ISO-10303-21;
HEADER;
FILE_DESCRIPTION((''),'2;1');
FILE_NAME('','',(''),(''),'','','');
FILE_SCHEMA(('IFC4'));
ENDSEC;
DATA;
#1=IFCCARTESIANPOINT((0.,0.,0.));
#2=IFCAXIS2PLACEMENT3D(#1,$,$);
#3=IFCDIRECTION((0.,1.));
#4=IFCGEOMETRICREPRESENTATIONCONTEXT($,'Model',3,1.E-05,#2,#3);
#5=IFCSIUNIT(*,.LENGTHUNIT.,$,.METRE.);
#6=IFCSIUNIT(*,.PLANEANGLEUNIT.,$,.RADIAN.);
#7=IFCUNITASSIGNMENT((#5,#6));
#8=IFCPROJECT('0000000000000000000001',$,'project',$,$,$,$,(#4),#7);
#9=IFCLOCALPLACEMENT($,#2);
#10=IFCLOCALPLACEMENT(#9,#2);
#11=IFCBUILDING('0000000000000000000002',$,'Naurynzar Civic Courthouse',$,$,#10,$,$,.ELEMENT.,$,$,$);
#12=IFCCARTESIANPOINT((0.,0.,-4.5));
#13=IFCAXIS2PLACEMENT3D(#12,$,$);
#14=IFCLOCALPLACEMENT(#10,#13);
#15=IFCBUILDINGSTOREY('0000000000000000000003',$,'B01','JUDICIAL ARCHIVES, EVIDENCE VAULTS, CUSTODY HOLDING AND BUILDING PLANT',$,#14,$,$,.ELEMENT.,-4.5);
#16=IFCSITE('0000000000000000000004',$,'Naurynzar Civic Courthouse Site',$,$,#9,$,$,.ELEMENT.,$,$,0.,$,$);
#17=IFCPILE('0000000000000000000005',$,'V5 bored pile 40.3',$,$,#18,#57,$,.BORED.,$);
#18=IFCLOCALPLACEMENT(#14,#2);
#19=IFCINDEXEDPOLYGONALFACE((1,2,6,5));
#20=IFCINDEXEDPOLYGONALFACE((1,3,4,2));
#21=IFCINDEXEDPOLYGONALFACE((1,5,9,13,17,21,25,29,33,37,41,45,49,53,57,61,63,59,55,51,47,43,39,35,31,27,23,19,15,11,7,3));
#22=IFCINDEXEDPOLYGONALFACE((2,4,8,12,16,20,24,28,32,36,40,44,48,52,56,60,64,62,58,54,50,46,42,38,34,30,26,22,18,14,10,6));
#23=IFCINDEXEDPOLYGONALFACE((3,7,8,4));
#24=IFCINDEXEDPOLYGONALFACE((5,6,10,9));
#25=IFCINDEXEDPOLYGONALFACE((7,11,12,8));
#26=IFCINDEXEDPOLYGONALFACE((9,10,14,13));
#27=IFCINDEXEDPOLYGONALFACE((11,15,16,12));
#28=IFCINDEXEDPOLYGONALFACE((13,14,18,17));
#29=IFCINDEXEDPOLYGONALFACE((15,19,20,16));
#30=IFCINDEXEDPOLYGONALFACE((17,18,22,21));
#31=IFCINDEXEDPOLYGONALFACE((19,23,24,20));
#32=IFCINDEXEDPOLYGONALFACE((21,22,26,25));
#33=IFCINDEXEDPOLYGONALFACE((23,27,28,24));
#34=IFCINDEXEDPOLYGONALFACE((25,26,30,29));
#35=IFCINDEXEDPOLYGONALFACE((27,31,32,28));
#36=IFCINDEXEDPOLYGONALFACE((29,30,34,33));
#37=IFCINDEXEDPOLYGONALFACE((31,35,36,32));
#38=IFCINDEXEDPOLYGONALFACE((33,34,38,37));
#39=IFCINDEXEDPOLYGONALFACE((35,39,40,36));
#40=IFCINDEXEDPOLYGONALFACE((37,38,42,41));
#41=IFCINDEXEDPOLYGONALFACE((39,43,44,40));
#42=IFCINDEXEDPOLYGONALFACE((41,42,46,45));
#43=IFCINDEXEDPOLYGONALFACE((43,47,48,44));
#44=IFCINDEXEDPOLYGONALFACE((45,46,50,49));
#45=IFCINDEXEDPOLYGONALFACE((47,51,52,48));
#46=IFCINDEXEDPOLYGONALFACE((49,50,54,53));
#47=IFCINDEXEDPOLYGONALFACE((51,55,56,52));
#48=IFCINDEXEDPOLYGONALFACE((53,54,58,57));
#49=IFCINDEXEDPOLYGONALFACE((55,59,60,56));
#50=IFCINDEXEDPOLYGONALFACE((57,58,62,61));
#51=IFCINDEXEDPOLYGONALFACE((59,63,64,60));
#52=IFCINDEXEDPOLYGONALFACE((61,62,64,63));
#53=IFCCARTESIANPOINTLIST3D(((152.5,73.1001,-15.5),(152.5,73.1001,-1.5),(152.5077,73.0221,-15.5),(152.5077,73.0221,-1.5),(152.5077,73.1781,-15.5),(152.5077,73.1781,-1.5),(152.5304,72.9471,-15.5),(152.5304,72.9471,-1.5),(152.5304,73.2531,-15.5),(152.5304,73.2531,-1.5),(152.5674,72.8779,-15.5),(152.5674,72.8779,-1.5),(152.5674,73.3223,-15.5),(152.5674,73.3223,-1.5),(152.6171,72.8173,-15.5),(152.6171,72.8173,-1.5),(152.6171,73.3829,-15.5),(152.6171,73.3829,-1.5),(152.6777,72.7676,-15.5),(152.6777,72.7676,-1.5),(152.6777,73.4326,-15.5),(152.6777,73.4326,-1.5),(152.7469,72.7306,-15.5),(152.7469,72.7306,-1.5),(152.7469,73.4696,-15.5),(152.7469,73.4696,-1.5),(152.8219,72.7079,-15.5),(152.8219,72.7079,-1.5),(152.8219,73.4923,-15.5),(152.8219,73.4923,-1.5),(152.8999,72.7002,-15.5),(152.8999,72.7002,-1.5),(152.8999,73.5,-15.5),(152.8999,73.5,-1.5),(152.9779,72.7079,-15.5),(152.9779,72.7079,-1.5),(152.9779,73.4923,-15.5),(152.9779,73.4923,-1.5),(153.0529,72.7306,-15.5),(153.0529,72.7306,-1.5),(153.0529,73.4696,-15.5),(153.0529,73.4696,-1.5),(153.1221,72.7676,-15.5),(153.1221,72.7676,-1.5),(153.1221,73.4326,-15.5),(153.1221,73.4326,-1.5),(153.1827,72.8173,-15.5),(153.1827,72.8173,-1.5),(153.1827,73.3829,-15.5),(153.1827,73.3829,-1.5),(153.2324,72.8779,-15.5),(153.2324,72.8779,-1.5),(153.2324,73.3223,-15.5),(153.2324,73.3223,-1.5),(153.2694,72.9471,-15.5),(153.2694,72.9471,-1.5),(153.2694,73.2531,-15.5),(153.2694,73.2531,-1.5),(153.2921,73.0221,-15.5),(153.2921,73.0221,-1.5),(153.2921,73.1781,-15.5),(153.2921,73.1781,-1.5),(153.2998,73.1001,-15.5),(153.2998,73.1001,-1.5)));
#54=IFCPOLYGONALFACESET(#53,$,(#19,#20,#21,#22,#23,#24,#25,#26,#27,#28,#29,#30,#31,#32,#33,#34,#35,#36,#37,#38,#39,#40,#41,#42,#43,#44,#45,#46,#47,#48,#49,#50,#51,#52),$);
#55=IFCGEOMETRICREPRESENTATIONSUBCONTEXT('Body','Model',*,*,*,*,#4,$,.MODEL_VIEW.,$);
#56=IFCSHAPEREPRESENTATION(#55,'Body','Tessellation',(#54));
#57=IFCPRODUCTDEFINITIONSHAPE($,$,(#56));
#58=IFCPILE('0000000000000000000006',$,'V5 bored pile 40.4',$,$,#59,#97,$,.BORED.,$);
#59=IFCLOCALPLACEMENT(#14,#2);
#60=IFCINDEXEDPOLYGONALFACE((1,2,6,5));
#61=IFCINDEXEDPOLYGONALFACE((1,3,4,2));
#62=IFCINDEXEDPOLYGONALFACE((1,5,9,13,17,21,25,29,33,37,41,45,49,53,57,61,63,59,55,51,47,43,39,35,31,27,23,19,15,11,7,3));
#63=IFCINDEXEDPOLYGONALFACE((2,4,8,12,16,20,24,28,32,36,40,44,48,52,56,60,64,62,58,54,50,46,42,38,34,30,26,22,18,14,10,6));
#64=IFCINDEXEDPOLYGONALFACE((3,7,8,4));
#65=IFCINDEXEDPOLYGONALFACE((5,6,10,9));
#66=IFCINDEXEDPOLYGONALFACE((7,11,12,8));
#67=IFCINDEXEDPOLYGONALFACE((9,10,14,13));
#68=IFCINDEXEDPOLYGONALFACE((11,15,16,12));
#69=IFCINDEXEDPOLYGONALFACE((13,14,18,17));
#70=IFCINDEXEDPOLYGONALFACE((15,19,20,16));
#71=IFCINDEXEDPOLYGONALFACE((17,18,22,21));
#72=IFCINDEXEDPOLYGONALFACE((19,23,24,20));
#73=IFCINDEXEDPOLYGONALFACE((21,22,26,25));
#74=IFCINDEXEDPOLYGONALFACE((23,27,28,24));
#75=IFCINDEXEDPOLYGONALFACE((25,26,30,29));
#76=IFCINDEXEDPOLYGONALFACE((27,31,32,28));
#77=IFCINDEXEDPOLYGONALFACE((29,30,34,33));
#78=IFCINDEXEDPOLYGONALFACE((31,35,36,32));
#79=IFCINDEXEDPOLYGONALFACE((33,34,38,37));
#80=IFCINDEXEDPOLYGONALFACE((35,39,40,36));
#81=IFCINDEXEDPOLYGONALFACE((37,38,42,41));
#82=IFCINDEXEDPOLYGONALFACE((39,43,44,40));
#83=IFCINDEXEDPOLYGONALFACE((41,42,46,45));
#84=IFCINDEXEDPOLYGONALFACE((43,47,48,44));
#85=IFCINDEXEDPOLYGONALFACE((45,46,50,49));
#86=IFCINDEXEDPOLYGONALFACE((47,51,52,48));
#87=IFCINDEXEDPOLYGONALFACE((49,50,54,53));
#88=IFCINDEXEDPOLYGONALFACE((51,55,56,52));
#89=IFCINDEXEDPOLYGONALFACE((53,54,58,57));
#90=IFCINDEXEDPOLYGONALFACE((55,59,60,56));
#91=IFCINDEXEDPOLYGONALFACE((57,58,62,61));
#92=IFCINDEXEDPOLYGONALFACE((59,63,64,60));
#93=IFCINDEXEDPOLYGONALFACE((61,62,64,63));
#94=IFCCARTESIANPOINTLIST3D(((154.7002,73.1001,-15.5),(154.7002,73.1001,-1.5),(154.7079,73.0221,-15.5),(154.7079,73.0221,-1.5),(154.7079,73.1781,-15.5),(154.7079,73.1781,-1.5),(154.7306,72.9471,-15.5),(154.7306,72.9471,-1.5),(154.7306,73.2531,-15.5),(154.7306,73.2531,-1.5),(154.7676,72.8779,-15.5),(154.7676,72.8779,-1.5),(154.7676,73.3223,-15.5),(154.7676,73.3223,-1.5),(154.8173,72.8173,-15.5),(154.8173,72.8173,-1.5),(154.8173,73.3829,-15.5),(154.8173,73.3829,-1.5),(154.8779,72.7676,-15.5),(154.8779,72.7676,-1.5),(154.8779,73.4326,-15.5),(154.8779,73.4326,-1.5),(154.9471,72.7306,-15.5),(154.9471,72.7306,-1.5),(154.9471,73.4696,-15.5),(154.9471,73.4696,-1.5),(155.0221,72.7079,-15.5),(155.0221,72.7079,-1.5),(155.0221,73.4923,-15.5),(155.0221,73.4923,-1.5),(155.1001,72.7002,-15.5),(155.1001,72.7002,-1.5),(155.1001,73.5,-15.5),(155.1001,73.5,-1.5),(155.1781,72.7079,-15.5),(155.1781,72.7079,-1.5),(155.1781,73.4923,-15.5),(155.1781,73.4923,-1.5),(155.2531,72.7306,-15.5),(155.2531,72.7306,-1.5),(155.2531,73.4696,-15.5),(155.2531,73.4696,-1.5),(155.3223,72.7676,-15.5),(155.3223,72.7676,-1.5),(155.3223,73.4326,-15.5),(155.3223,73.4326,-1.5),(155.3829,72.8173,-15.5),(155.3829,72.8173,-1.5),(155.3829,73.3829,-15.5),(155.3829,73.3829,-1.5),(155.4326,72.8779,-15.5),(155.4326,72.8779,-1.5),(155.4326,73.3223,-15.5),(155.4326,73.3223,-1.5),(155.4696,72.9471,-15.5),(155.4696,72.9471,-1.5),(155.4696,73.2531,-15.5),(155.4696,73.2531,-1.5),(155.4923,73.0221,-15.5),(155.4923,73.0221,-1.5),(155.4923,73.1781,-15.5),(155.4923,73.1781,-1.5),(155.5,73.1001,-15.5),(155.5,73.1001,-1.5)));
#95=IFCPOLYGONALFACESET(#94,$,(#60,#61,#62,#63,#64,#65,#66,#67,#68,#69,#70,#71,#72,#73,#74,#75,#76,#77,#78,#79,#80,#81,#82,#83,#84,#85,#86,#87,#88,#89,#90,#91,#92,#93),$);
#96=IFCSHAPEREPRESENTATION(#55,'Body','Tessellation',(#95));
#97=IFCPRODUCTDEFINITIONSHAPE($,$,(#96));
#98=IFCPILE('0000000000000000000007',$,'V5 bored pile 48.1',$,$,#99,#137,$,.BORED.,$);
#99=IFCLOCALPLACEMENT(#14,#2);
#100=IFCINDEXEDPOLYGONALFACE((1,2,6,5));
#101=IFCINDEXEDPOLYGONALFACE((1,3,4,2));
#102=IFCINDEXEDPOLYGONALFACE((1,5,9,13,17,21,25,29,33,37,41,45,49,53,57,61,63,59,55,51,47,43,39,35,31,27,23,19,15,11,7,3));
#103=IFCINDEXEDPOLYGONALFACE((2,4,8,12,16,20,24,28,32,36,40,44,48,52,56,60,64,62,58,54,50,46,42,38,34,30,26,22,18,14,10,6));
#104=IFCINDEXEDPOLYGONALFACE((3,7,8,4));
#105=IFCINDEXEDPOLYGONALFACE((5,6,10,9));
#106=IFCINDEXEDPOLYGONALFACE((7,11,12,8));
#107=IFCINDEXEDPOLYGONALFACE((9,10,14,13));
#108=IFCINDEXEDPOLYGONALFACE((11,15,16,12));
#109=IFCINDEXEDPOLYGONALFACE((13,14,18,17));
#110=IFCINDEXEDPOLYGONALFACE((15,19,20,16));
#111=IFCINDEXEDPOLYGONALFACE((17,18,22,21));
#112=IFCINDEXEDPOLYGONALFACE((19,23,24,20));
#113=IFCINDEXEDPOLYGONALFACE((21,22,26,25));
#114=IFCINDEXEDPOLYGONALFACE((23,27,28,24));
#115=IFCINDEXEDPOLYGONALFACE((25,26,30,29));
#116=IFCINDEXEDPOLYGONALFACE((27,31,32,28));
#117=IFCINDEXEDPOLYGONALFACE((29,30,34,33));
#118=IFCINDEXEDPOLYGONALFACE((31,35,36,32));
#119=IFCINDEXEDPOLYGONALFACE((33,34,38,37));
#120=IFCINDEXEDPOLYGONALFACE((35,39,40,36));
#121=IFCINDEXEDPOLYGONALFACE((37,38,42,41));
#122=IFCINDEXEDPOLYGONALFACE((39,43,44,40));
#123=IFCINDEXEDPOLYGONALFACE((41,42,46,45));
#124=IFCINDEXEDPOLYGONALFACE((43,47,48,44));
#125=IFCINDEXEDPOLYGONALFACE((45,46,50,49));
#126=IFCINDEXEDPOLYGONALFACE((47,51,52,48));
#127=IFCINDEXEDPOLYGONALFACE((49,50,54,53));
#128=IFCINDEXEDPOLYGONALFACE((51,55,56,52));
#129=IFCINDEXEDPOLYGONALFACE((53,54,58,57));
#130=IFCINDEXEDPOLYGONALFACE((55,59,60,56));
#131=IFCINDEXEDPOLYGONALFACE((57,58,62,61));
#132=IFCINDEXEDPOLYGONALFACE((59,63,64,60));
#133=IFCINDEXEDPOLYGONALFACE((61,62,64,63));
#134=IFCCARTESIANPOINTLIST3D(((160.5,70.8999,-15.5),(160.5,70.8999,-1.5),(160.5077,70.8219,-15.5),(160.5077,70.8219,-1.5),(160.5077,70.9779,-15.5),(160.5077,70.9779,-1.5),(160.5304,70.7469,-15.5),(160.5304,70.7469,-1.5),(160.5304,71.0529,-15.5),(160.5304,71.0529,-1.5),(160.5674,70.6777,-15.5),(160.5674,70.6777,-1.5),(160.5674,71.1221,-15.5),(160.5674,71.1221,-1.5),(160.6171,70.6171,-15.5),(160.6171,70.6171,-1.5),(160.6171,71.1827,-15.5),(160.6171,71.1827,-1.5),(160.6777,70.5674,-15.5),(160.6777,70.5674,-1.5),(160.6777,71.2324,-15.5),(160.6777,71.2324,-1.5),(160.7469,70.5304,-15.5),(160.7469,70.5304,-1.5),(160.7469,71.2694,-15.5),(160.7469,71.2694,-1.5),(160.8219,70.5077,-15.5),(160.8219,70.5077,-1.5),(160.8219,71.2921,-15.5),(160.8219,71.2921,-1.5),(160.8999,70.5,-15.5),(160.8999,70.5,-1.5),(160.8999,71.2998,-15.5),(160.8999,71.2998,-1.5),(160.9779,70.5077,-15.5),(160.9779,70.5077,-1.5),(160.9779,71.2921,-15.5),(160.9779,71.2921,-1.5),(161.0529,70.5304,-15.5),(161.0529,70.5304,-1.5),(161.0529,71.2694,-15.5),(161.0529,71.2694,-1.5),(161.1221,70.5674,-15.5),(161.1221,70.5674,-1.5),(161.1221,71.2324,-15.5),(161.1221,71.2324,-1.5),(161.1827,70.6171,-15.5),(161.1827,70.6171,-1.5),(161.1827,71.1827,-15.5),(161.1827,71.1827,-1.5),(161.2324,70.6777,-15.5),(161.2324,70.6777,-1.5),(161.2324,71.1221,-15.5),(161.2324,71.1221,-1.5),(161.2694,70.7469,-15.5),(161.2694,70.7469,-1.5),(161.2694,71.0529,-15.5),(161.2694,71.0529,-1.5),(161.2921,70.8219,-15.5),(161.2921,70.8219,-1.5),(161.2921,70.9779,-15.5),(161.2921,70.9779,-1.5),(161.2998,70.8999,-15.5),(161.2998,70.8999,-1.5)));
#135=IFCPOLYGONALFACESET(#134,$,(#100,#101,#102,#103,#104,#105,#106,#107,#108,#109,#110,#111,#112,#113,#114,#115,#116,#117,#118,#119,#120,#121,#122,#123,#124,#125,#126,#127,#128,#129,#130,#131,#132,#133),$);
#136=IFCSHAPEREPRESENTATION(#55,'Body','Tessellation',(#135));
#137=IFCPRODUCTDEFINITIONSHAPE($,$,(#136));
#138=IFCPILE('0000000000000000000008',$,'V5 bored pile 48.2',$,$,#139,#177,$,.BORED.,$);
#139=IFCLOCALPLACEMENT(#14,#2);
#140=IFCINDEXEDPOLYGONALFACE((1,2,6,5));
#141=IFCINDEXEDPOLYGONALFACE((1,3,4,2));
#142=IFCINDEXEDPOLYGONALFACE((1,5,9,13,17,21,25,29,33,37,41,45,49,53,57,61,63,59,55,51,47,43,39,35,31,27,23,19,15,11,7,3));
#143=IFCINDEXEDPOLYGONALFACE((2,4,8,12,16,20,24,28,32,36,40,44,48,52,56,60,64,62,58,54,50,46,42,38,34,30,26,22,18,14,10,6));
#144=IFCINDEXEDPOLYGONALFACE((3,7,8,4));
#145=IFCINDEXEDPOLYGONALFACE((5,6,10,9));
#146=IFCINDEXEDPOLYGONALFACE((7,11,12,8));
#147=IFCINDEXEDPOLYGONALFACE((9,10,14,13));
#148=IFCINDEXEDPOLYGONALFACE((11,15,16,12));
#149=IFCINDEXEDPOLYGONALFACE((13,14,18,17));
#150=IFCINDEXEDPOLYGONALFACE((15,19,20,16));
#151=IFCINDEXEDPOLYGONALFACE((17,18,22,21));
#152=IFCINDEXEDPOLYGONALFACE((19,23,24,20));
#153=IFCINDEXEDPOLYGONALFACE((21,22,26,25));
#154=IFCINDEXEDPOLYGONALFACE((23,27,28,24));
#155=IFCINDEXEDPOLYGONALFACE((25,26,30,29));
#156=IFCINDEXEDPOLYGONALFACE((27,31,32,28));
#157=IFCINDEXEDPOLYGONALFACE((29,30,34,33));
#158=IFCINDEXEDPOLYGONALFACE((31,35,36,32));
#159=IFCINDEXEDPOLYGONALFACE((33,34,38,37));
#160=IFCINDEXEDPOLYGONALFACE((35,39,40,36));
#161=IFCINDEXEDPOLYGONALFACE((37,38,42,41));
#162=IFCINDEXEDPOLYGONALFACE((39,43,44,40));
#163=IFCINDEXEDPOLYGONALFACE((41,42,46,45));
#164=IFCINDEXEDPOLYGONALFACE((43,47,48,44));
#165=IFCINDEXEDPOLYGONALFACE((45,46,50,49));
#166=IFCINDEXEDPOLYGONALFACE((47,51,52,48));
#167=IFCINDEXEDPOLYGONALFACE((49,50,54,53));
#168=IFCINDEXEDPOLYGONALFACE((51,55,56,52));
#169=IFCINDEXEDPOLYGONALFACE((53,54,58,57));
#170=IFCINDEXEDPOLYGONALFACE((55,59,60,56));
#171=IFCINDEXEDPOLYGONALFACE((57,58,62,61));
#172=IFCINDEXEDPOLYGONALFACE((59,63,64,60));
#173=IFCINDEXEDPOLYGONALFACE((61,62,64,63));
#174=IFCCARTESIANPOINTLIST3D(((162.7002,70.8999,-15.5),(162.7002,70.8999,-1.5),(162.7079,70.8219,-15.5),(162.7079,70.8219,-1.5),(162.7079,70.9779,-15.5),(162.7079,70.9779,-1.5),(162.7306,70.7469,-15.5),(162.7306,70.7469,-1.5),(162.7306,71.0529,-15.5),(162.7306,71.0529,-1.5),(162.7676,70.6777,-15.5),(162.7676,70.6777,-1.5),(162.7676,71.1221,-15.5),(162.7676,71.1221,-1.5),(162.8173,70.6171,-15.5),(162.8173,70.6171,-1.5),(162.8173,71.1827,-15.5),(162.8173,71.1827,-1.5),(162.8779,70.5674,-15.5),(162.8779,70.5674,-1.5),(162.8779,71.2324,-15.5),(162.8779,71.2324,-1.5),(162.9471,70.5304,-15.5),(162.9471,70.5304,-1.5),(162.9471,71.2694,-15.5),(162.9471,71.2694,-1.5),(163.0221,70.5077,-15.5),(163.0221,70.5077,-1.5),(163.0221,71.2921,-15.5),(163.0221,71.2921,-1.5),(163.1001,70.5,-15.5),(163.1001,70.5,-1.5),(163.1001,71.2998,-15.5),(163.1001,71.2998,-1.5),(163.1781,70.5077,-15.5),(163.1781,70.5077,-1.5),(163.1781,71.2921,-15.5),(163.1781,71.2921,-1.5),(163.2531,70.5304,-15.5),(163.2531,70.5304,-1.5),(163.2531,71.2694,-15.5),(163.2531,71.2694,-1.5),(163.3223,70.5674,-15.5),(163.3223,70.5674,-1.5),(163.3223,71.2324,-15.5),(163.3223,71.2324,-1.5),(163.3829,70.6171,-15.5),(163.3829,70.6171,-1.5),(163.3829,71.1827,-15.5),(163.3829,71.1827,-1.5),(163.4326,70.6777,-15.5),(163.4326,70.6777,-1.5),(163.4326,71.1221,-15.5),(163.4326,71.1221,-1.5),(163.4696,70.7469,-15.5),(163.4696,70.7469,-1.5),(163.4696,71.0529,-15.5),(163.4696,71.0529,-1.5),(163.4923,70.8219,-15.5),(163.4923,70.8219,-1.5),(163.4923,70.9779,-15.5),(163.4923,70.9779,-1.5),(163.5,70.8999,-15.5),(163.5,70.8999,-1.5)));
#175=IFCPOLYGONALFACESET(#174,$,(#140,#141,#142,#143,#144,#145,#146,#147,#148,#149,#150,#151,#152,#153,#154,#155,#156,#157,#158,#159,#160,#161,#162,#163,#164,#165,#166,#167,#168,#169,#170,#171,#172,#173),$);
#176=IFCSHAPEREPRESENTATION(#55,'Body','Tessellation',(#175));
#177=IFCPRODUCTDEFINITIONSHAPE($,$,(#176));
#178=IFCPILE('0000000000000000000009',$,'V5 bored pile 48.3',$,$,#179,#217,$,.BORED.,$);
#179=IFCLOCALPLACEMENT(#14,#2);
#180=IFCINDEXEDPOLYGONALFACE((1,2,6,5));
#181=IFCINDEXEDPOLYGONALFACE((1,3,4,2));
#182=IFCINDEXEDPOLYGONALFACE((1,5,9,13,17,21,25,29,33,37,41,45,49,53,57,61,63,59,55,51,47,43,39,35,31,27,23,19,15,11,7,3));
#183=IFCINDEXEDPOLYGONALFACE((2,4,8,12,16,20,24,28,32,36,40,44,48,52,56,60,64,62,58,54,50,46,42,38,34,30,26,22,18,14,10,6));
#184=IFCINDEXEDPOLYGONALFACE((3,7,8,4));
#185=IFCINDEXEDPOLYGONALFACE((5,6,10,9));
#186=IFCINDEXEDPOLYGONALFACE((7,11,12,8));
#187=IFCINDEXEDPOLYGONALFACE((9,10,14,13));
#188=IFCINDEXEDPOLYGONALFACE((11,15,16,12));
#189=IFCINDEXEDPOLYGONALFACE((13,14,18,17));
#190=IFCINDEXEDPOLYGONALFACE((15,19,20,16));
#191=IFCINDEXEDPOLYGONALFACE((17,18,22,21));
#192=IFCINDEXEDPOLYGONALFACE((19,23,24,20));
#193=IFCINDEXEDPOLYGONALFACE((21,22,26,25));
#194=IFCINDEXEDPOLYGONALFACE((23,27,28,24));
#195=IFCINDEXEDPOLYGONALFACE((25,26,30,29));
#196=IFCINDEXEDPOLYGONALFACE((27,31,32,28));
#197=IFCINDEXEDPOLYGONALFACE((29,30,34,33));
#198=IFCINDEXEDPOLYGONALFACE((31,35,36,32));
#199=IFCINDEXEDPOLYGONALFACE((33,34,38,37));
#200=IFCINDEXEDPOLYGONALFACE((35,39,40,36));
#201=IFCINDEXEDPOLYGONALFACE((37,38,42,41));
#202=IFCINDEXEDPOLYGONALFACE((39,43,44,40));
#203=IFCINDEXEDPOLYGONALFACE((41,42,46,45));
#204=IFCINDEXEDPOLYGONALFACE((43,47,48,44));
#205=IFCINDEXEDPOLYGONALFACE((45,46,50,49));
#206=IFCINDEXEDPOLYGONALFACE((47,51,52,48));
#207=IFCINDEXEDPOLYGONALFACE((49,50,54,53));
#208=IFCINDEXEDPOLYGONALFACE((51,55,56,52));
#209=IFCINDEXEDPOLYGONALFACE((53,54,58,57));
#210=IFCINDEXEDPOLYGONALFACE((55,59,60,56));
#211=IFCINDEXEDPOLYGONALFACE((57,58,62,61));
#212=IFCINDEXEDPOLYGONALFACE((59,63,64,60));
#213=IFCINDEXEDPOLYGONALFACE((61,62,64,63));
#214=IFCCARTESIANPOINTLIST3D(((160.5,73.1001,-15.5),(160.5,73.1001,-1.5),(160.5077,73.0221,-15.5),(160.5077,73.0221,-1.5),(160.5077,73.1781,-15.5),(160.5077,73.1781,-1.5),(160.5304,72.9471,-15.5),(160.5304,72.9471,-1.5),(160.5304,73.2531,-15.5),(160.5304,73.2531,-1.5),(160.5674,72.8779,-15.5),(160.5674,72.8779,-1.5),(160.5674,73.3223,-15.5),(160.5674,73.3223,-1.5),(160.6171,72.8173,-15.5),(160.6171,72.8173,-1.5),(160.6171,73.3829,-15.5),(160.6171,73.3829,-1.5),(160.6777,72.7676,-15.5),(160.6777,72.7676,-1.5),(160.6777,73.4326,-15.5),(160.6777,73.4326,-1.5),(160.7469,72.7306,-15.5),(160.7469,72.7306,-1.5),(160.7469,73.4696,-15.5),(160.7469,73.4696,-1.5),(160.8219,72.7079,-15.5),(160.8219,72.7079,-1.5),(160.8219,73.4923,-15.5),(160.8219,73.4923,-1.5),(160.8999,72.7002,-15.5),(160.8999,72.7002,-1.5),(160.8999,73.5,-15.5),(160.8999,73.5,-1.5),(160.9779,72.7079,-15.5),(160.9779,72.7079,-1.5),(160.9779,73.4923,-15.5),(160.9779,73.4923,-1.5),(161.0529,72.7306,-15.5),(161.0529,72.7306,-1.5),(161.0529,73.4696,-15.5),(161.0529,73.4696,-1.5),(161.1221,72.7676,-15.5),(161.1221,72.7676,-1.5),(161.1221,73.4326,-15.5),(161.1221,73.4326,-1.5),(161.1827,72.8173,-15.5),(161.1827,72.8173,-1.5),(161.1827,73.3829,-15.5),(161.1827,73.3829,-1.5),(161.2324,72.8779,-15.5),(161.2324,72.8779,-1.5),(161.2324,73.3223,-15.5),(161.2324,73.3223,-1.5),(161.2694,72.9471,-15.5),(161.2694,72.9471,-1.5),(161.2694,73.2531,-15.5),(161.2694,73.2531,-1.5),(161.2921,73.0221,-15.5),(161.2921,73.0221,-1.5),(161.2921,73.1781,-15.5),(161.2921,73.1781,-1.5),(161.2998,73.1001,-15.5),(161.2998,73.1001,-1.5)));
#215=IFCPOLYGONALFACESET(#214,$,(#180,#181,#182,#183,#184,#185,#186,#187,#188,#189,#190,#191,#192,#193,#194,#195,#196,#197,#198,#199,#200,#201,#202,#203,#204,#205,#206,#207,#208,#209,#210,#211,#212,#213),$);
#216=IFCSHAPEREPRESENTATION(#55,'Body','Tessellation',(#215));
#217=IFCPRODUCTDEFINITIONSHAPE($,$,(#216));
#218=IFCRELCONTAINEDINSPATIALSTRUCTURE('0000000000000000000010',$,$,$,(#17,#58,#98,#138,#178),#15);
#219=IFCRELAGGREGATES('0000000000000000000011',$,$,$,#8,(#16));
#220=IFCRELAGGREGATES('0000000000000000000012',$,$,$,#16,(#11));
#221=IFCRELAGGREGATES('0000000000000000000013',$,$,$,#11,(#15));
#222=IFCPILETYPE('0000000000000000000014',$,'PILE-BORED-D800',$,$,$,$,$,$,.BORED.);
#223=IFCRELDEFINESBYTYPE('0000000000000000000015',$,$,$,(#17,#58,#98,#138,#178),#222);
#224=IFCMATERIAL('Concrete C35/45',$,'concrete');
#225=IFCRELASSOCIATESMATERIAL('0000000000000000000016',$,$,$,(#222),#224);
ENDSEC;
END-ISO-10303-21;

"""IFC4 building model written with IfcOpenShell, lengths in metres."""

from ifc_helpers import new_model, si_unit, direction, frame, origin, origin_2d, place, context, subcontext, project, spatial, circle, extrude, material, material_profile, profile_set, type_object, element, save


model = new_model("IFC4")

# Units and contexts
model_context = context("Model", 3, precision=1e-05, world=origin(), true_north=direction((0.0, 1.0)))
body_context = subcontext(model_context, "Body", "Model", "MODEL_VIEW")
ifc_project = project(units=[si_unit("LENGTHUNIT", "METRE"), si_unit("PLANEANGLEUNIT", "RADIAN")], contexts=[model_context])

# Site, building, storey
site_placement = place(None, origin())
site = spatial("IfcSite", under=ifc_project, at=site_placement, Name="Naurynzar Civic Courthouse Site", CompositionType="ELEMENT", RefElevation=0.0)
building_placement = place(site_placement, origin())
building = spatial("IfcBuilding", under=site, at=building_placement, Name="Naurynzar Civic Courthouse", CompositionType="ELEMENT")
storey_placement = place(building_placement, frame((0.0, 0.0, -4.5)))
storey = spatial("IfcBuildingStorey", under=building, at=storey_placement, Name="B01", Description="JUDICIAL ARCHIVES, EVIDENCE VAULTS, CUSTODY HOLDING AND BUILDING PLANT", CompositionType="ELEMENT", Elevation=-4.5)

# Piles
ifc_material_1 = material(Name="Concrete C35/45", Category="concrete")
ifc_material_profile_1 = material_profile(ifc_material_1, circle(Radius=0.3999, at=origin_2d()), Name="PILE D800")
ifc_profile_set_1 = profile_set([ifc_material_profile_1], Name="Concrete C35/45")
pile_type_1 = type_object("IfcPileType", Name="PILE-BORED-D800", PredefinedType="BORED", material=ifc_profile_set_1)
for number, where, z_axis, x_axis, name in (
    (1, (152.8999, 73.1001, -1.5), (0.0, 0.0, -1.0), (1.0, 0.0, 0.0), "V5 bored pile 40.3"),
    (2, (155.1001, 73.1001, -1.5), (0.0, 0.0, -1.0), (1.0, 0.0, 0.0), "V5 bored pile 40.4"),
    (3, (160.8999, 70.8999, -1.5), (0.0, 0.0, -1.0), (1.0, 0.0, 0.0), "V5 bored pile 48.1"),
    (4, (163.1001, 70.8999, -1.5), (0.0, 0.0, -1.0), (1.0, 0.0, 0.0), "V5 bored pile 48.2"),
    (5, (160.8999, 73.1001, -1.5), (0.0, 0.0, -1.0), (1.0, 0.0, 0.0), "V5 bored pile 48.3"),
):
    element("IfcPile", number, at=place(storey_placement, frame(where, z_axis=z_axis, x_axis=x_axis)), inside=storey, type_object=pile_type_1, Name=name, PredefinedType="BORED", context=body_context, shape_type="SweptSolid", body=[
        extrude(circle(Radius=0.3999, at=origin_2d()), origin(), (0.0, 0.0, 1.0), 14.0),
    ])

save(model, "model.ifc")
